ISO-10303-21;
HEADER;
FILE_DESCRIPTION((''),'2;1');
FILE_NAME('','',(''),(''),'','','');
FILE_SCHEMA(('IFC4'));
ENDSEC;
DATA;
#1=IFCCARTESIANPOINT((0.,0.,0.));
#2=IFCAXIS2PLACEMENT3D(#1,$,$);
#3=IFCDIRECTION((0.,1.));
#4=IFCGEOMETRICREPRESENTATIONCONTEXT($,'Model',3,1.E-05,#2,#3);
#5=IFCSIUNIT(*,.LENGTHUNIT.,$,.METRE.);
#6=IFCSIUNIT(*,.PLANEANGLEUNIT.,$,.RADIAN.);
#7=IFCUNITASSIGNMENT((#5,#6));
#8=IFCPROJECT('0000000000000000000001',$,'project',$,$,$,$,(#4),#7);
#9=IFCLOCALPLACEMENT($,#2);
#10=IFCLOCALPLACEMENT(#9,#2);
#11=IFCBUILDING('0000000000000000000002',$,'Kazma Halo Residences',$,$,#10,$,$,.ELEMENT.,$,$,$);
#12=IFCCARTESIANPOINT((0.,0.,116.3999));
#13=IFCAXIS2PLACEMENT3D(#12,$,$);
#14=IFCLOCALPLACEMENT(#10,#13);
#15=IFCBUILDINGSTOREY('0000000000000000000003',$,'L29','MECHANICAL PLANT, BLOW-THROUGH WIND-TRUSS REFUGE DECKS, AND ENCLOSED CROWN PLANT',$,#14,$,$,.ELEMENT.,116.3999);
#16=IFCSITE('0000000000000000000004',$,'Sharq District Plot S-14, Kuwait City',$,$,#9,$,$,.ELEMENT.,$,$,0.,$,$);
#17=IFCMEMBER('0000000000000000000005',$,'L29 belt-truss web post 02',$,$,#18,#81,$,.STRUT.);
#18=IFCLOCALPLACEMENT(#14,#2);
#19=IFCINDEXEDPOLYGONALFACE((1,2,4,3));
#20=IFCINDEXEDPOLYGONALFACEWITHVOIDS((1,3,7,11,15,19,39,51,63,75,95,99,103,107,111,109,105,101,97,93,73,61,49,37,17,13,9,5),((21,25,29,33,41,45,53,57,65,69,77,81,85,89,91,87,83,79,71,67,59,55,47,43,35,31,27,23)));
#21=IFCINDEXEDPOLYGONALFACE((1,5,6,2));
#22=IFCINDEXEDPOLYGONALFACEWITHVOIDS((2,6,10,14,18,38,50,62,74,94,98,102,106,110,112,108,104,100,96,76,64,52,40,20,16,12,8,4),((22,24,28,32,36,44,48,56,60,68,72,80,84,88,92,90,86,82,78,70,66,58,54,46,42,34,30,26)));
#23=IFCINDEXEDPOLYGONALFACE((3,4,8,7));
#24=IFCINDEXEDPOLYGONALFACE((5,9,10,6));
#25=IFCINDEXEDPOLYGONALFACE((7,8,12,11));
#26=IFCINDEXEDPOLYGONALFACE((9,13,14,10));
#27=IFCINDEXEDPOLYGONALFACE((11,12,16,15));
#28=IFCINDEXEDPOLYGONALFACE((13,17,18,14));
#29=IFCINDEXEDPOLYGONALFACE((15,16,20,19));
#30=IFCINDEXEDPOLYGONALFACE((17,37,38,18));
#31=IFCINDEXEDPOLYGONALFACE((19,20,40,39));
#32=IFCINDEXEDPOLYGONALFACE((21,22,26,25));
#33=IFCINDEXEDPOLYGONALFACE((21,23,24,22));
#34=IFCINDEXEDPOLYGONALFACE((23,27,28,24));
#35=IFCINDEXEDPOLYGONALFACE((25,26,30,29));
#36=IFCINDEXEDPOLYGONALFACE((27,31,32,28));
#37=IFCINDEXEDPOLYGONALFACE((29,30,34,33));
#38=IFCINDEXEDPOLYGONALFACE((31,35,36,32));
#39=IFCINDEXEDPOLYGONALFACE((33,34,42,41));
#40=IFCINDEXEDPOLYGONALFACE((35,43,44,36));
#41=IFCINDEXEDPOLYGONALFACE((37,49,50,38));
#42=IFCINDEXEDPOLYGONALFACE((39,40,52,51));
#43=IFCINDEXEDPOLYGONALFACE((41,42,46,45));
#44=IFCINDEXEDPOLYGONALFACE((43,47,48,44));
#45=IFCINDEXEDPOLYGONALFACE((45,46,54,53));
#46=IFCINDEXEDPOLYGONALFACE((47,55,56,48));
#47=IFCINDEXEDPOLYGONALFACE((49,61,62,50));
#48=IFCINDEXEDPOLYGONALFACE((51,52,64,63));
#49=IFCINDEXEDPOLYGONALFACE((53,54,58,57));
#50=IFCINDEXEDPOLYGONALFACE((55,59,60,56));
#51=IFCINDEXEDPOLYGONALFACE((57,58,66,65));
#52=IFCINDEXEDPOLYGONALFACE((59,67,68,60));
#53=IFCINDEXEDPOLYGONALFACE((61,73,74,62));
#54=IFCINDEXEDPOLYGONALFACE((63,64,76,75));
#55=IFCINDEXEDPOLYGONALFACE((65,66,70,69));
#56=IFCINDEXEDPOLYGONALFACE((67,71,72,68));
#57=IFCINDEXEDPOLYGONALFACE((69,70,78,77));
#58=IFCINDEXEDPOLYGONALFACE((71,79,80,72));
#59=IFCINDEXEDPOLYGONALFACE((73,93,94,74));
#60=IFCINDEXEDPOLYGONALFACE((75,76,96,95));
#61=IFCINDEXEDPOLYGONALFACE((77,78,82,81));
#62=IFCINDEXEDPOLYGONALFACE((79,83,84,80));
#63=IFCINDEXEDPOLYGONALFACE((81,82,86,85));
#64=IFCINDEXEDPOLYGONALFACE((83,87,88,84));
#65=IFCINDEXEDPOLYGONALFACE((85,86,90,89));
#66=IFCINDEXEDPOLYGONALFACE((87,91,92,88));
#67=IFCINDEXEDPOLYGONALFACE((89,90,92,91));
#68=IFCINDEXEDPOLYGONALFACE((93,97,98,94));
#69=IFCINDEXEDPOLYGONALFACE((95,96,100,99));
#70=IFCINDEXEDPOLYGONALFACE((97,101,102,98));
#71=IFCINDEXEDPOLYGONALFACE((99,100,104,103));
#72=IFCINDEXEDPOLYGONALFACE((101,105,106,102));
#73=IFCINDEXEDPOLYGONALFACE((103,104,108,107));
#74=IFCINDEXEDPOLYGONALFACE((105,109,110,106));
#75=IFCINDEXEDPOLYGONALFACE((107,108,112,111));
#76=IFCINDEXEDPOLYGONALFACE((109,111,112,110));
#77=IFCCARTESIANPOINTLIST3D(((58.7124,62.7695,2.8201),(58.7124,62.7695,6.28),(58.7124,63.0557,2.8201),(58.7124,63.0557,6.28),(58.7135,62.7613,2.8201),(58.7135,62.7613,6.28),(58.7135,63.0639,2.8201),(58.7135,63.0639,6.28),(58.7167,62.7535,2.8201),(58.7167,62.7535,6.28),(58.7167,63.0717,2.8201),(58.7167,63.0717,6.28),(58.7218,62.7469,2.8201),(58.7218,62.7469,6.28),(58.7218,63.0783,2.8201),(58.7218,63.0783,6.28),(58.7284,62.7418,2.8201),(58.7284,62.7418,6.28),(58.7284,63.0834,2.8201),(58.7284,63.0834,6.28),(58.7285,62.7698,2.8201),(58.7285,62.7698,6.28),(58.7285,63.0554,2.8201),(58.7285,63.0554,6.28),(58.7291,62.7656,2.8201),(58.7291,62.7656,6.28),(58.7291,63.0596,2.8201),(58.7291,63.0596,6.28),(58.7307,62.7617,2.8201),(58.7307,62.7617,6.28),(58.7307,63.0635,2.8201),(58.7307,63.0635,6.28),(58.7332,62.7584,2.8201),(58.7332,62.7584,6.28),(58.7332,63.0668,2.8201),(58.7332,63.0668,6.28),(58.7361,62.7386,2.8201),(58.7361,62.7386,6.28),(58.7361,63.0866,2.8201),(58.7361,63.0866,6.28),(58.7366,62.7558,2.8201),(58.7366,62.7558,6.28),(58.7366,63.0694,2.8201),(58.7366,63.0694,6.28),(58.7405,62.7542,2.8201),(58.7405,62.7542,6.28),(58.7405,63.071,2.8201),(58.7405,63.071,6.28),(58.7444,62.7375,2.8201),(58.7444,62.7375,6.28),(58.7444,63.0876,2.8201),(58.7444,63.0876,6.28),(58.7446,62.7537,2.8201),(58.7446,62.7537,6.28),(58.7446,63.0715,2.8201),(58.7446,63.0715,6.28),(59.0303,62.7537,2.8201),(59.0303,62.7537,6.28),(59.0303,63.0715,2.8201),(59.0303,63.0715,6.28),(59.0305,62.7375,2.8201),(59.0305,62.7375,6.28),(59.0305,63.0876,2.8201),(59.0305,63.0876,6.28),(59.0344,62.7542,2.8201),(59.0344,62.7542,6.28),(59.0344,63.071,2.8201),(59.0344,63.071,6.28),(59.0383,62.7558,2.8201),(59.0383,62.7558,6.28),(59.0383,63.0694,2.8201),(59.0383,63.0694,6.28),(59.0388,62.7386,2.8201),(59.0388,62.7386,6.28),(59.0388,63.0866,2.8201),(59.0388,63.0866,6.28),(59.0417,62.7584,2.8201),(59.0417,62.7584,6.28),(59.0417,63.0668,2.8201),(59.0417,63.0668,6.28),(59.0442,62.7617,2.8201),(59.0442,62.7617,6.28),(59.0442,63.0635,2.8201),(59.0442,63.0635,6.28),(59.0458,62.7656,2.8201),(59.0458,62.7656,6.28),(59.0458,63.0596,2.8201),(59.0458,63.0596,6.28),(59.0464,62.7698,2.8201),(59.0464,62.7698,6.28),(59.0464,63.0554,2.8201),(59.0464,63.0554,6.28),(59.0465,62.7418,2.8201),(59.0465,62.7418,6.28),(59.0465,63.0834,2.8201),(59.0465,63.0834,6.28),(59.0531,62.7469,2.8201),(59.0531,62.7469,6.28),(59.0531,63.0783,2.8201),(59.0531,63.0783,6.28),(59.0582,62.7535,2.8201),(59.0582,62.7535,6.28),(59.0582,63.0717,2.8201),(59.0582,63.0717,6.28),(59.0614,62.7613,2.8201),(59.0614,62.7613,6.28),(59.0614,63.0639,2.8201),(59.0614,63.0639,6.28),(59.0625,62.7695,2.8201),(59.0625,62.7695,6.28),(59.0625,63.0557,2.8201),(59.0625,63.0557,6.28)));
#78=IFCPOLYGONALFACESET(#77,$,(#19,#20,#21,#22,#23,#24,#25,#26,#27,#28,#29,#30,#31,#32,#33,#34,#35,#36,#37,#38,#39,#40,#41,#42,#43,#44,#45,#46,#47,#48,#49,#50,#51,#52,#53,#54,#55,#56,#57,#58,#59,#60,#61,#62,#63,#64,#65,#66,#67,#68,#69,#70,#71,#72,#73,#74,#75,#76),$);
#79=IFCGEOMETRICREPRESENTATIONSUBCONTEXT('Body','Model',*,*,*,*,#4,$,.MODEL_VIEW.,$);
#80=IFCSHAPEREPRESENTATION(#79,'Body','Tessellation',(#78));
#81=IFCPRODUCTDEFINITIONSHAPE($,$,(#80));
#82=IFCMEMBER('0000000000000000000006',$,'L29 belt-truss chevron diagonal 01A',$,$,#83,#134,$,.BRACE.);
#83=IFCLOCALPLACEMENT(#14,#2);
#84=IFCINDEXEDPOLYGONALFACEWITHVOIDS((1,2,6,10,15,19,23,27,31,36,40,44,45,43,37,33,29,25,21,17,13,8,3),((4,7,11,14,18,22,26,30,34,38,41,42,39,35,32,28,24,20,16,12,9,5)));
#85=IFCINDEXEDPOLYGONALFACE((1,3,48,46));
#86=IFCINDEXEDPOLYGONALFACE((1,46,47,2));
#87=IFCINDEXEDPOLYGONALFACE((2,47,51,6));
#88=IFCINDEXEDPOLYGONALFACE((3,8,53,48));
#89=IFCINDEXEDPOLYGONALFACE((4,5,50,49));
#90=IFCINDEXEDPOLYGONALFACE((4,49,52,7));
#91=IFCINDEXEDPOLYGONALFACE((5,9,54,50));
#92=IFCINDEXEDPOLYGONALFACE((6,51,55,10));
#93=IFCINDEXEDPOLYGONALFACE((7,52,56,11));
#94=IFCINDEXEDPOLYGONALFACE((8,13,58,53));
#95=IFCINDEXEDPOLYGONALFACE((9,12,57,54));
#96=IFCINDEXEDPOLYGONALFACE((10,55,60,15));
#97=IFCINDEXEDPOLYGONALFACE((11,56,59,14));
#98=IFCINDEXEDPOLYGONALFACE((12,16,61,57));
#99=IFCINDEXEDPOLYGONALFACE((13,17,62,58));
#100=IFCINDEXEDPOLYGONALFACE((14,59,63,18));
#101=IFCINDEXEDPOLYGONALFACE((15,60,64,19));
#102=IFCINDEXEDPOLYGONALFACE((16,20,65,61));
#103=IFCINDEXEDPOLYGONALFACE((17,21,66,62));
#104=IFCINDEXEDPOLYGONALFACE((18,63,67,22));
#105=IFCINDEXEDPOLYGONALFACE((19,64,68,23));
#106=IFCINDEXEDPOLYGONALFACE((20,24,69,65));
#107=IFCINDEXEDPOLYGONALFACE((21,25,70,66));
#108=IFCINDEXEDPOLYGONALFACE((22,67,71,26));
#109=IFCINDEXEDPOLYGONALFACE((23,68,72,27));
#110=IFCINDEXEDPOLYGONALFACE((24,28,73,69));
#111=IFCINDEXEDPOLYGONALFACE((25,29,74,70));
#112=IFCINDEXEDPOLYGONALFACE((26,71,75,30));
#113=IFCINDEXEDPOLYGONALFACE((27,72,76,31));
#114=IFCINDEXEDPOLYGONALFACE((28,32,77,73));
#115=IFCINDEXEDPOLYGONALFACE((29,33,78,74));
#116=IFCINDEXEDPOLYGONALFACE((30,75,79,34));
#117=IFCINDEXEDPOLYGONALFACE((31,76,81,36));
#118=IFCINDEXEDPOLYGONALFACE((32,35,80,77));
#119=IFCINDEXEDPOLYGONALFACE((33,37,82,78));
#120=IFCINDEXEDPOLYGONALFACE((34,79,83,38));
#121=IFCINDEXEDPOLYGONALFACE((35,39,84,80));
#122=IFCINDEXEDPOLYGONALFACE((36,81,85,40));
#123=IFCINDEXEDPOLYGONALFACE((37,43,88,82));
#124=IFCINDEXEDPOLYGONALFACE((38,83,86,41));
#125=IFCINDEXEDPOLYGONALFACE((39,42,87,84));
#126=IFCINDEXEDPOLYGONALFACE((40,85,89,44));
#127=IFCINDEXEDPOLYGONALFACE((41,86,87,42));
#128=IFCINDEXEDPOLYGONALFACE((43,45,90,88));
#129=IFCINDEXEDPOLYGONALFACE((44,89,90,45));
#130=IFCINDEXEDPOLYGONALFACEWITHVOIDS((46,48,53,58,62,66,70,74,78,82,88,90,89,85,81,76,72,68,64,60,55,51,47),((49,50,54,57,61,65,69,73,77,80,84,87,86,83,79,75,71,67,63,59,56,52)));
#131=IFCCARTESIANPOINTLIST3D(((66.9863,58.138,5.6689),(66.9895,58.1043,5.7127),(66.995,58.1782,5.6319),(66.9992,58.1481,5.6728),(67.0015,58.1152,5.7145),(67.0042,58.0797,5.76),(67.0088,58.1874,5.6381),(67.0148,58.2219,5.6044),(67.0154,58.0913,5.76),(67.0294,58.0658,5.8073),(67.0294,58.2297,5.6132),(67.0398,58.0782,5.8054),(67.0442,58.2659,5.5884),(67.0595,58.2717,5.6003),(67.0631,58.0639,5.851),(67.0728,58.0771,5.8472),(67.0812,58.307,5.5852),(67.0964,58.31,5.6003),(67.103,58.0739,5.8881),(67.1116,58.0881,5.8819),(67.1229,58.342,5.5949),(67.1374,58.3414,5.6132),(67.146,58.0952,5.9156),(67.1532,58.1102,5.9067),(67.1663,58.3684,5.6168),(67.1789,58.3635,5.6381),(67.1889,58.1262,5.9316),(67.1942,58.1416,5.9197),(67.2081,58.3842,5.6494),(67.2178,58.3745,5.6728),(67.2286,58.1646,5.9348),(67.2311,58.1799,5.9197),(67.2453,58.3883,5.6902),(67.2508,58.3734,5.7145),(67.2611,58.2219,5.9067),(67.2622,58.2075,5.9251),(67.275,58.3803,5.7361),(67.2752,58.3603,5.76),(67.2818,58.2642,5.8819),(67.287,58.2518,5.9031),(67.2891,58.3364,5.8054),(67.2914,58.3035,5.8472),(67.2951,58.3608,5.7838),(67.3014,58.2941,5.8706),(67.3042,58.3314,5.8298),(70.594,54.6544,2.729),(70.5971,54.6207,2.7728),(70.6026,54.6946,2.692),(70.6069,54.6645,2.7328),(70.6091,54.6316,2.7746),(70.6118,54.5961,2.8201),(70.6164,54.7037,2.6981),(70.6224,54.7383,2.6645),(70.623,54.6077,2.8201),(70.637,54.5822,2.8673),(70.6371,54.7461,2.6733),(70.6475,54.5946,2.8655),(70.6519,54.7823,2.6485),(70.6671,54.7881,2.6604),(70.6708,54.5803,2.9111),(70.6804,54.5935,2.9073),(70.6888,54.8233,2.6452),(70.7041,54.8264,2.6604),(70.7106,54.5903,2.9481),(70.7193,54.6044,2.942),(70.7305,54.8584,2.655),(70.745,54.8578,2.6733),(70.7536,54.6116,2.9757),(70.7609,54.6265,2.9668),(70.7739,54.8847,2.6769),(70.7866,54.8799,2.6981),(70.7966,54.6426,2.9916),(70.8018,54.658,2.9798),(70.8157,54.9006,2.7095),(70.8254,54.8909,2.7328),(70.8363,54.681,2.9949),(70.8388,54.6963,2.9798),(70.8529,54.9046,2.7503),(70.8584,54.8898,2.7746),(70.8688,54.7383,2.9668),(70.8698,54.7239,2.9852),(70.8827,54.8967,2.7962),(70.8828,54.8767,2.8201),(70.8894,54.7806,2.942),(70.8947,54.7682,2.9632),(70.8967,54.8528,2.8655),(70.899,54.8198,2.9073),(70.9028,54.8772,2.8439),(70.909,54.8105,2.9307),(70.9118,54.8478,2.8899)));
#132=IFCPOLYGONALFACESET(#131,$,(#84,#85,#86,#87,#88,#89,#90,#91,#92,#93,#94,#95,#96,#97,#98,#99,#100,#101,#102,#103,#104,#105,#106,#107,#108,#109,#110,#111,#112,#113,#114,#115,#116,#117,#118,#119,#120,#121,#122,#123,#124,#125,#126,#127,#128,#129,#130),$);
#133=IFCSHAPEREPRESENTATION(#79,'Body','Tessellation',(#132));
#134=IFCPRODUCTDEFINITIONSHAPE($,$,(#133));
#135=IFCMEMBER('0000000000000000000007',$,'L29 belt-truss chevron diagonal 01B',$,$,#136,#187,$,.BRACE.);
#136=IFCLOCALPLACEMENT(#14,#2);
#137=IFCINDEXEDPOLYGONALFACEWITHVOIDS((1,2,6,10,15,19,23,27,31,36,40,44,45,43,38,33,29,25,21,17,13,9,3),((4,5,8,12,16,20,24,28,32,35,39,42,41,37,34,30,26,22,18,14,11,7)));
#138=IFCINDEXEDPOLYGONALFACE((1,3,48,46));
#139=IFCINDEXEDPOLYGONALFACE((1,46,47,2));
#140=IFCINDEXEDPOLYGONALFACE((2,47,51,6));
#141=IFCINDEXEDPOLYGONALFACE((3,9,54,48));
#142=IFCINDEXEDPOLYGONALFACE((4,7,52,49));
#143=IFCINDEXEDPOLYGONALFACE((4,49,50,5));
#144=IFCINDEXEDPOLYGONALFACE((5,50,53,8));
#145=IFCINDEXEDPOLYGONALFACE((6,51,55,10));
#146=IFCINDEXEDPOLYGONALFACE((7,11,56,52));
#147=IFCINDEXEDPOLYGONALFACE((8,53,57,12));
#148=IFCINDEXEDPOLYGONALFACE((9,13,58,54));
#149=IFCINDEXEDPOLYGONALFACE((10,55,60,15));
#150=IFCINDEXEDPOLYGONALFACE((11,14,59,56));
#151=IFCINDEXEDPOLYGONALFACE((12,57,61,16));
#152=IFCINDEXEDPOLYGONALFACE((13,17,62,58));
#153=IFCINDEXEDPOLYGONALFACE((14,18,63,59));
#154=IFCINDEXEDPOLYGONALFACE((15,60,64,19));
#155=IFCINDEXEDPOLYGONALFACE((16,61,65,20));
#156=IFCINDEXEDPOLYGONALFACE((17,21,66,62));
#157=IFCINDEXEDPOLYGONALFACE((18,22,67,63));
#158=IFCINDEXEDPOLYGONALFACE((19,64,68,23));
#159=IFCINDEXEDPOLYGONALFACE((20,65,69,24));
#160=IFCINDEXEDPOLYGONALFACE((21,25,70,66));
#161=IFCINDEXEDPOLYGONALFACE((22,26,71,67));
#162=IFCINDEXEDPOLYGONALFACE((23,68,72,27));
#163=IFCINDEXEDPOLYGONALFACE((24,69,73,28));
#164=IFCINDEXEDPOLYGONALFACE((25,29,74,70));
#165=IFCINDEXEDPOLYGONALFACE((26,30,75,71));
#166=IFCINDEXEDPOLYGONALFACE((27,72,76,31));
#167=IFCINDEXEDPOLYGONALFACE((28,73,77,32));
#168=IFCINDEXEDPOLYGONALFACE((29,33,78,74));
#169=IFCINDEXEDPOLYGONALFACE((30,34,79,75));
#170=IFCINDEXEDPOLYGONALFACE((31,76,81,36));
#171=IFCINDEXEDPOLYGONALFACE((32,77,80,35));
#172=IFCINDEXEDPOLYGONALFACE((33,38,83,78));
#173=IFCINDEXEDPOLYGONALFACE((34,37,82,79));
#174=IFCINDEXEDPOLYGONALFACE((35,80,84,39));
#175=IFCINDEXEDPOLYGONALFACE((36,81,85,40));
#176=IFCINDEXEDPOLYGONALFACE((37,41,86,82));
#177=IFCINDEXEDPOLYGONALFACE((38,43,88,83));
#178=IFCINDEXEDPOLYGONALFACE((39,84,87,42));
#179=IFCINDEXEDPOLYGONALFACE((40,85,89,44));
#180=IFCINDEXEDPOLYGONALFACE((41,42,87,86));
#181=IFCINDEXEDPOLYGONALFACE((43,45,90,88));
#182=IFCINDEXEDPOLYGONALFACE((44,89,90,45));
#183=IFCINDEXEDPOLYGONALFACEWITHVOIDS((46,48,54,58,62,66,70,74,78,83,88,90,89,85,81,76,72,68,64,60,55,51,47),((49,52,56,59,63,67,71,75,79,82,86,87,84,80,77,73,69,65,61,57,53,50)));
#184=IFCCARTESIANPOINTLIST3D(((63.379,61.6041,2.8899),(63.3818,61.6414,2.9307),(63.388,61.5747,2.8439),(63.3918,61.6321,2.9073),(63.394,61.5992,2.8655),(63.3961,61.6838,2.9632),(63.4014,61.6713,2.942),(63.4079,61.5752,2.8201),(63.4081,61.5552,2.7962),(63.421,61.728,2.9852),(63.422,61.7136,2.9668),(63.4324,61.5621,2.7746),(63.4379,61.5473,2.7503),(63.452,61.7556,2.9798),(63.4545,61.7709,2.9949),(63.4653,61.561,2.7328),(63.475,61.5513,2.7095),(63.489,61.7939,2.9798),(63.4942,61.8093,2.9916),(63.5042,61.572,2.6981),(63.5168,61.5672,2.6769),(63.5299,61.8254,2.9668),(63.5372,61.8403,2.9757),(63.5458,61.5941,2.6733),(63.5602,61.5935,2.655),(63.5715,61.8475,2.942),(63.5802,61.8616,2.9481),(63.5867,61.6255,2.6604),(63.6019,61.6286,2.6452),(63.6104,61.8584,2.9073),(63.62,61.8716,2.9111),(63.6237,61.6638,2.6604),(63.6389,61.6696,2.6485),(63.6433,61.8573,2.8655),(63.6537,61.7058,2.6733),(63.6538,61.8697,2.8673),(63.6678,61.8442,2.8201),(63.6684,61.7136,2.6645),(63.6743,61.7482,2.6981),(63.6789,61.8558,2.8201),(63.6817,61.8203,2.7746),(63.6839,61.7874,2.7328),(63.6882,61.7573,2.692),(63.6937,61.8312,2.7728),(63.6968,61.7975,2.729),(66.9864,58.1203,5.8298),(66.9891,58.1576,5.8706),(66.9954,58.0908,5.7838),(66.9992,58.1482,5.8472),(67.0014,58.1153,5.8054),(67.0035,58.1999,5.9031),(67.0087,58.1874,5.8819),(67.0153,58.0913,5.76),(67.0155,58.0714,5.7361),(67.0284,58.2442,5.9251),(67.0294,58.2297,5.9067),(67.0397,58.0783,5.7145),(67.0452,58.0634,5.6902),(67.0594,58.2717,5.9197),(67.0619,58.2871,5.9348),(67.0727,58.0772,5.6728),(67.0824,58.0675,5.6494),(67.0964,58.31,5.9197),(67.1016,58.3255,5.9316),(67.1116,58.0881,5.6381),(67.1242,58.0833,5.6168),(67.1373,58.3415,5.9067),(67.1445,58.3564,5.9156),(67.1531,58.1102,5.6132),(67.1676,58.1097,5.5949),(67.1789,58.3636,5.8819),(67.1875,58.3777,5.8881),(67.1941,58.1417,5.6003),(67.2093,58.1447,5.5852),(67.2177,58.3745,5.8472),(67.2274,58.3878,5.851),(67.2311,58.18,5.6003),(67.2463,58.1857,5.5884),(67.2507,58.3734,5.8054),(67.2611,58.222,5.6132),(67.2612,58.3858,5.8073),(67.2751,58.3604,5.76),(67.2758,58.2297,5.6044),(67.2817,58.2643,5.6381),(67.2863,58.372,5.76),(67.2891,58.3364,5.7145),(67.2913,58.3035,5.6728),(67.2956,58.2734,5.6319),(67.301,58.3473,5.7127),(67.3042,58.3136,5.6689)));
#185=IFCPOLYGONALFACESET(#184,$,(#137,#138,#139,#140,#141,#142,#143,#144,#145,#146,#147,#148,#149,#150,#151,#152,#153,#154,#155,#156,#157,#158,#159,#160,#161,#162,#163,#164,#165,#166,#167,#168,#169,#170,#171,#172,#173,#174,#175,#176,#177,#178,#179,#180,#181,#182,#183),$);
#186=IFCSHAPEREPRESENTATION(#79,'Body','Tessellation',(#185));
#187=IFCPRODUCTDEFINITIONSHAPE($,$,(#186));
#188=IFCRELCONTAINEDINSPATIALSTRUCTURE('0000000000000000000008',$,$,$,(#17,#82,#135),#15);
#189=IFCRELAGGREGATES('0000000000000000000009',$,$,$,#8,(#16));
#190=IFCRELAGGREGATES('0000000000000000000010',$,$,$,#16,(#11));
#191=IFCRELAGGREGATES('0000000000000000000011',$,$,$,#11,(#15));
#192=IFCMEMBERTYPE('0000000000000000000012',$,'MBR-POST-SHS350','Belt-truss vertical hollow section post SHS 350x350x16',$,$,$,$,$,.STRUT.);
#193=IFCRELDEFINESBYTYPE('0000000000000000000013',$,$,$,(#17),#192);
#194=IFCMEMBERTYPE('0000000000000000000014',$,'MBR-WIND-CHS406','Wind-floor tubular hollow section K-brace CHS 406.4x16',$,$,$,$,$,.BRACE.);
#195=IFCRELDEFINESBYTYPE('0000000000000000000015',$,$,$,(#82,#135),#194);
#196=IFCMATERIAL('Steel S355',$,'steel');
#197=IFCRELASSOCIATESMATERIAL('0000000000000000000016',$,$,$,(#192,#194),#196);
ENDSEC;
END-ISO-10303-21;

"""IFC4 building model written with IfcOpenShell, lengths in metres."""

from ifc_helpers import new_model, si_unit, direction, frame, origin, origin_2d, place, context, subcontext, project, spatial, hollow_rectangle, hollow_circle, extrude, material, material_profile, profile_set, type_object, element, save


model = new_model("IFC4")

# Units and contexts
model_context = context("Model", 3, precision=1e-05, world=origin(), true_north=direction((0.0, 1.0)))
body_context = subcontext(model_context, "Body", "Model", "MODEL_VIEW")
ifc_project = project(units=[si_unit("LENGTHUNIT", "METRE"), si_unit("PLANEANGLEUNIT", "RADIAN")], contexts=[model_context])

# Site, building, storey
site_placement = place(None, origin())
site = spatial("IfcSite", under=ifc_project, at=site_placement, Name="Sharq District Plot S-14, Kuwait City", CompositionType="ELEMENT", RefElevation=0.0)
building_placement = place(site_placement, origin())
building = spatial("IfcBuilding", under=site, at=building_placement, Name="Kazma Halo Residences", CompositionType="ELEMENT")
storey_placement = place(building_placement, frame((0.0, 0.0, 116.3999)))
storey = spatial("IfcBuildingStorey", under=building, at=storey_placement, Name="L29", Description="MECHANICAL PLANT, BLOW-THROUGH WIND-TRUSS REFUGE DECKS, AND ENCLOSED CROWN PLANT", CompositionType="ELEMENT", Elevation=116.3999)

# Shared definitions
ifc_material_1 = material(Name="Steel S355", Category="steel")

# Members
ifc_material_profile_1 = material_profile(ifc_material_1, hollow_rectangle(XDim=0.3501, YDim=0.3501, WallThickness=0.0161, InnerFilletRadius=0.0161, OuterFilletRadius=0.032, at=origin_2d()), Name="SHS350x350x16")
ifc_profile_set_1 = profile_set([ifc_material_profile_1], Name="Steel S355")
member_type_1 = type_object("IfcMemberType", Name="MBR-POST-SHS350", Description="Belt-truss vertical hollow section post SHS 350x350x16", PredefinedType="STRUT", material=ifc_profile_set_1)
for number, where, z_axis, x_axis, name in (
    (1, (58.8875, 62.9126, 2.8201), (0.0, 0.0, 1.0), (1.0, 0.0, 0.0), "L29 belt-truss web post 02"),
):
    element("IfcMember", number, at=place(storey_placement, frame(where, z_axis=z_axis, x_axis=x_axis)), inside=storey, type_object=member_type_1, Name=name, PredefinedType="STRUT", context=body_context, shape_type="SweptSolid", body=[
        extrude(hollow_rectangle(XDim=0.3501, YDim=0.3501, WallThickness=0.0161, InnerFilletRadius=0.0161, OuterFilletRadius=0.032, at=origin_2d()), origin(), (0.0, 0.0, 1.0), 3.46),
    ])
ifc_material_profile_2 = material_profile(ifc_material_1, hollow_circle(Radius=0.2031, WallThickness=0.0161, at=origin_2d()), Name="CHS406.4x16")
ifc_profile_set_2 = profile_set([ifc_material_profile_2], Name="Steel S355")
member_type_2 = type_object("IfcMemberType", Name="MBR-WIND-CHS406", Description="Wind-floor tubular hollow section K-brace CHS 406.4x16", PredefinedType="BRACE", material=ifc_profile_set_2)
for number, where, z_axis, x_axis, name in (
    (2, (70.7529, 54.7422, 2.8201), (-0.62059, 0.599255, 0.505728), (-0.694634, -0.719364, 0.0), "L29 belt-truss chevron diagonal 01A"),
    (3, (63.5378, 61.7097, 2.8201), (0.620549, -0.599298, 0.505729), (0.694683, 0.719316, 0.0), "L29 belt-truss chevron diagonal 01B"),
):
    element("IfcMember", number, at=place(storey_placement, frame(where, z_axis=z_axis, x_axis=x_axis)), inside=storey, type_object=member_type_2, Name=name, PredefinedType="BRACE", context=body_context, shape_type="SweptSolid", body=[
        extrude(hollow_circle(Radius=0.2031, WallThickness=0.0161, at=origin_2d()), origin(), (0.0, 0.0, 1.0), 5.8132),
    ])

save(model, "model.ifc")
